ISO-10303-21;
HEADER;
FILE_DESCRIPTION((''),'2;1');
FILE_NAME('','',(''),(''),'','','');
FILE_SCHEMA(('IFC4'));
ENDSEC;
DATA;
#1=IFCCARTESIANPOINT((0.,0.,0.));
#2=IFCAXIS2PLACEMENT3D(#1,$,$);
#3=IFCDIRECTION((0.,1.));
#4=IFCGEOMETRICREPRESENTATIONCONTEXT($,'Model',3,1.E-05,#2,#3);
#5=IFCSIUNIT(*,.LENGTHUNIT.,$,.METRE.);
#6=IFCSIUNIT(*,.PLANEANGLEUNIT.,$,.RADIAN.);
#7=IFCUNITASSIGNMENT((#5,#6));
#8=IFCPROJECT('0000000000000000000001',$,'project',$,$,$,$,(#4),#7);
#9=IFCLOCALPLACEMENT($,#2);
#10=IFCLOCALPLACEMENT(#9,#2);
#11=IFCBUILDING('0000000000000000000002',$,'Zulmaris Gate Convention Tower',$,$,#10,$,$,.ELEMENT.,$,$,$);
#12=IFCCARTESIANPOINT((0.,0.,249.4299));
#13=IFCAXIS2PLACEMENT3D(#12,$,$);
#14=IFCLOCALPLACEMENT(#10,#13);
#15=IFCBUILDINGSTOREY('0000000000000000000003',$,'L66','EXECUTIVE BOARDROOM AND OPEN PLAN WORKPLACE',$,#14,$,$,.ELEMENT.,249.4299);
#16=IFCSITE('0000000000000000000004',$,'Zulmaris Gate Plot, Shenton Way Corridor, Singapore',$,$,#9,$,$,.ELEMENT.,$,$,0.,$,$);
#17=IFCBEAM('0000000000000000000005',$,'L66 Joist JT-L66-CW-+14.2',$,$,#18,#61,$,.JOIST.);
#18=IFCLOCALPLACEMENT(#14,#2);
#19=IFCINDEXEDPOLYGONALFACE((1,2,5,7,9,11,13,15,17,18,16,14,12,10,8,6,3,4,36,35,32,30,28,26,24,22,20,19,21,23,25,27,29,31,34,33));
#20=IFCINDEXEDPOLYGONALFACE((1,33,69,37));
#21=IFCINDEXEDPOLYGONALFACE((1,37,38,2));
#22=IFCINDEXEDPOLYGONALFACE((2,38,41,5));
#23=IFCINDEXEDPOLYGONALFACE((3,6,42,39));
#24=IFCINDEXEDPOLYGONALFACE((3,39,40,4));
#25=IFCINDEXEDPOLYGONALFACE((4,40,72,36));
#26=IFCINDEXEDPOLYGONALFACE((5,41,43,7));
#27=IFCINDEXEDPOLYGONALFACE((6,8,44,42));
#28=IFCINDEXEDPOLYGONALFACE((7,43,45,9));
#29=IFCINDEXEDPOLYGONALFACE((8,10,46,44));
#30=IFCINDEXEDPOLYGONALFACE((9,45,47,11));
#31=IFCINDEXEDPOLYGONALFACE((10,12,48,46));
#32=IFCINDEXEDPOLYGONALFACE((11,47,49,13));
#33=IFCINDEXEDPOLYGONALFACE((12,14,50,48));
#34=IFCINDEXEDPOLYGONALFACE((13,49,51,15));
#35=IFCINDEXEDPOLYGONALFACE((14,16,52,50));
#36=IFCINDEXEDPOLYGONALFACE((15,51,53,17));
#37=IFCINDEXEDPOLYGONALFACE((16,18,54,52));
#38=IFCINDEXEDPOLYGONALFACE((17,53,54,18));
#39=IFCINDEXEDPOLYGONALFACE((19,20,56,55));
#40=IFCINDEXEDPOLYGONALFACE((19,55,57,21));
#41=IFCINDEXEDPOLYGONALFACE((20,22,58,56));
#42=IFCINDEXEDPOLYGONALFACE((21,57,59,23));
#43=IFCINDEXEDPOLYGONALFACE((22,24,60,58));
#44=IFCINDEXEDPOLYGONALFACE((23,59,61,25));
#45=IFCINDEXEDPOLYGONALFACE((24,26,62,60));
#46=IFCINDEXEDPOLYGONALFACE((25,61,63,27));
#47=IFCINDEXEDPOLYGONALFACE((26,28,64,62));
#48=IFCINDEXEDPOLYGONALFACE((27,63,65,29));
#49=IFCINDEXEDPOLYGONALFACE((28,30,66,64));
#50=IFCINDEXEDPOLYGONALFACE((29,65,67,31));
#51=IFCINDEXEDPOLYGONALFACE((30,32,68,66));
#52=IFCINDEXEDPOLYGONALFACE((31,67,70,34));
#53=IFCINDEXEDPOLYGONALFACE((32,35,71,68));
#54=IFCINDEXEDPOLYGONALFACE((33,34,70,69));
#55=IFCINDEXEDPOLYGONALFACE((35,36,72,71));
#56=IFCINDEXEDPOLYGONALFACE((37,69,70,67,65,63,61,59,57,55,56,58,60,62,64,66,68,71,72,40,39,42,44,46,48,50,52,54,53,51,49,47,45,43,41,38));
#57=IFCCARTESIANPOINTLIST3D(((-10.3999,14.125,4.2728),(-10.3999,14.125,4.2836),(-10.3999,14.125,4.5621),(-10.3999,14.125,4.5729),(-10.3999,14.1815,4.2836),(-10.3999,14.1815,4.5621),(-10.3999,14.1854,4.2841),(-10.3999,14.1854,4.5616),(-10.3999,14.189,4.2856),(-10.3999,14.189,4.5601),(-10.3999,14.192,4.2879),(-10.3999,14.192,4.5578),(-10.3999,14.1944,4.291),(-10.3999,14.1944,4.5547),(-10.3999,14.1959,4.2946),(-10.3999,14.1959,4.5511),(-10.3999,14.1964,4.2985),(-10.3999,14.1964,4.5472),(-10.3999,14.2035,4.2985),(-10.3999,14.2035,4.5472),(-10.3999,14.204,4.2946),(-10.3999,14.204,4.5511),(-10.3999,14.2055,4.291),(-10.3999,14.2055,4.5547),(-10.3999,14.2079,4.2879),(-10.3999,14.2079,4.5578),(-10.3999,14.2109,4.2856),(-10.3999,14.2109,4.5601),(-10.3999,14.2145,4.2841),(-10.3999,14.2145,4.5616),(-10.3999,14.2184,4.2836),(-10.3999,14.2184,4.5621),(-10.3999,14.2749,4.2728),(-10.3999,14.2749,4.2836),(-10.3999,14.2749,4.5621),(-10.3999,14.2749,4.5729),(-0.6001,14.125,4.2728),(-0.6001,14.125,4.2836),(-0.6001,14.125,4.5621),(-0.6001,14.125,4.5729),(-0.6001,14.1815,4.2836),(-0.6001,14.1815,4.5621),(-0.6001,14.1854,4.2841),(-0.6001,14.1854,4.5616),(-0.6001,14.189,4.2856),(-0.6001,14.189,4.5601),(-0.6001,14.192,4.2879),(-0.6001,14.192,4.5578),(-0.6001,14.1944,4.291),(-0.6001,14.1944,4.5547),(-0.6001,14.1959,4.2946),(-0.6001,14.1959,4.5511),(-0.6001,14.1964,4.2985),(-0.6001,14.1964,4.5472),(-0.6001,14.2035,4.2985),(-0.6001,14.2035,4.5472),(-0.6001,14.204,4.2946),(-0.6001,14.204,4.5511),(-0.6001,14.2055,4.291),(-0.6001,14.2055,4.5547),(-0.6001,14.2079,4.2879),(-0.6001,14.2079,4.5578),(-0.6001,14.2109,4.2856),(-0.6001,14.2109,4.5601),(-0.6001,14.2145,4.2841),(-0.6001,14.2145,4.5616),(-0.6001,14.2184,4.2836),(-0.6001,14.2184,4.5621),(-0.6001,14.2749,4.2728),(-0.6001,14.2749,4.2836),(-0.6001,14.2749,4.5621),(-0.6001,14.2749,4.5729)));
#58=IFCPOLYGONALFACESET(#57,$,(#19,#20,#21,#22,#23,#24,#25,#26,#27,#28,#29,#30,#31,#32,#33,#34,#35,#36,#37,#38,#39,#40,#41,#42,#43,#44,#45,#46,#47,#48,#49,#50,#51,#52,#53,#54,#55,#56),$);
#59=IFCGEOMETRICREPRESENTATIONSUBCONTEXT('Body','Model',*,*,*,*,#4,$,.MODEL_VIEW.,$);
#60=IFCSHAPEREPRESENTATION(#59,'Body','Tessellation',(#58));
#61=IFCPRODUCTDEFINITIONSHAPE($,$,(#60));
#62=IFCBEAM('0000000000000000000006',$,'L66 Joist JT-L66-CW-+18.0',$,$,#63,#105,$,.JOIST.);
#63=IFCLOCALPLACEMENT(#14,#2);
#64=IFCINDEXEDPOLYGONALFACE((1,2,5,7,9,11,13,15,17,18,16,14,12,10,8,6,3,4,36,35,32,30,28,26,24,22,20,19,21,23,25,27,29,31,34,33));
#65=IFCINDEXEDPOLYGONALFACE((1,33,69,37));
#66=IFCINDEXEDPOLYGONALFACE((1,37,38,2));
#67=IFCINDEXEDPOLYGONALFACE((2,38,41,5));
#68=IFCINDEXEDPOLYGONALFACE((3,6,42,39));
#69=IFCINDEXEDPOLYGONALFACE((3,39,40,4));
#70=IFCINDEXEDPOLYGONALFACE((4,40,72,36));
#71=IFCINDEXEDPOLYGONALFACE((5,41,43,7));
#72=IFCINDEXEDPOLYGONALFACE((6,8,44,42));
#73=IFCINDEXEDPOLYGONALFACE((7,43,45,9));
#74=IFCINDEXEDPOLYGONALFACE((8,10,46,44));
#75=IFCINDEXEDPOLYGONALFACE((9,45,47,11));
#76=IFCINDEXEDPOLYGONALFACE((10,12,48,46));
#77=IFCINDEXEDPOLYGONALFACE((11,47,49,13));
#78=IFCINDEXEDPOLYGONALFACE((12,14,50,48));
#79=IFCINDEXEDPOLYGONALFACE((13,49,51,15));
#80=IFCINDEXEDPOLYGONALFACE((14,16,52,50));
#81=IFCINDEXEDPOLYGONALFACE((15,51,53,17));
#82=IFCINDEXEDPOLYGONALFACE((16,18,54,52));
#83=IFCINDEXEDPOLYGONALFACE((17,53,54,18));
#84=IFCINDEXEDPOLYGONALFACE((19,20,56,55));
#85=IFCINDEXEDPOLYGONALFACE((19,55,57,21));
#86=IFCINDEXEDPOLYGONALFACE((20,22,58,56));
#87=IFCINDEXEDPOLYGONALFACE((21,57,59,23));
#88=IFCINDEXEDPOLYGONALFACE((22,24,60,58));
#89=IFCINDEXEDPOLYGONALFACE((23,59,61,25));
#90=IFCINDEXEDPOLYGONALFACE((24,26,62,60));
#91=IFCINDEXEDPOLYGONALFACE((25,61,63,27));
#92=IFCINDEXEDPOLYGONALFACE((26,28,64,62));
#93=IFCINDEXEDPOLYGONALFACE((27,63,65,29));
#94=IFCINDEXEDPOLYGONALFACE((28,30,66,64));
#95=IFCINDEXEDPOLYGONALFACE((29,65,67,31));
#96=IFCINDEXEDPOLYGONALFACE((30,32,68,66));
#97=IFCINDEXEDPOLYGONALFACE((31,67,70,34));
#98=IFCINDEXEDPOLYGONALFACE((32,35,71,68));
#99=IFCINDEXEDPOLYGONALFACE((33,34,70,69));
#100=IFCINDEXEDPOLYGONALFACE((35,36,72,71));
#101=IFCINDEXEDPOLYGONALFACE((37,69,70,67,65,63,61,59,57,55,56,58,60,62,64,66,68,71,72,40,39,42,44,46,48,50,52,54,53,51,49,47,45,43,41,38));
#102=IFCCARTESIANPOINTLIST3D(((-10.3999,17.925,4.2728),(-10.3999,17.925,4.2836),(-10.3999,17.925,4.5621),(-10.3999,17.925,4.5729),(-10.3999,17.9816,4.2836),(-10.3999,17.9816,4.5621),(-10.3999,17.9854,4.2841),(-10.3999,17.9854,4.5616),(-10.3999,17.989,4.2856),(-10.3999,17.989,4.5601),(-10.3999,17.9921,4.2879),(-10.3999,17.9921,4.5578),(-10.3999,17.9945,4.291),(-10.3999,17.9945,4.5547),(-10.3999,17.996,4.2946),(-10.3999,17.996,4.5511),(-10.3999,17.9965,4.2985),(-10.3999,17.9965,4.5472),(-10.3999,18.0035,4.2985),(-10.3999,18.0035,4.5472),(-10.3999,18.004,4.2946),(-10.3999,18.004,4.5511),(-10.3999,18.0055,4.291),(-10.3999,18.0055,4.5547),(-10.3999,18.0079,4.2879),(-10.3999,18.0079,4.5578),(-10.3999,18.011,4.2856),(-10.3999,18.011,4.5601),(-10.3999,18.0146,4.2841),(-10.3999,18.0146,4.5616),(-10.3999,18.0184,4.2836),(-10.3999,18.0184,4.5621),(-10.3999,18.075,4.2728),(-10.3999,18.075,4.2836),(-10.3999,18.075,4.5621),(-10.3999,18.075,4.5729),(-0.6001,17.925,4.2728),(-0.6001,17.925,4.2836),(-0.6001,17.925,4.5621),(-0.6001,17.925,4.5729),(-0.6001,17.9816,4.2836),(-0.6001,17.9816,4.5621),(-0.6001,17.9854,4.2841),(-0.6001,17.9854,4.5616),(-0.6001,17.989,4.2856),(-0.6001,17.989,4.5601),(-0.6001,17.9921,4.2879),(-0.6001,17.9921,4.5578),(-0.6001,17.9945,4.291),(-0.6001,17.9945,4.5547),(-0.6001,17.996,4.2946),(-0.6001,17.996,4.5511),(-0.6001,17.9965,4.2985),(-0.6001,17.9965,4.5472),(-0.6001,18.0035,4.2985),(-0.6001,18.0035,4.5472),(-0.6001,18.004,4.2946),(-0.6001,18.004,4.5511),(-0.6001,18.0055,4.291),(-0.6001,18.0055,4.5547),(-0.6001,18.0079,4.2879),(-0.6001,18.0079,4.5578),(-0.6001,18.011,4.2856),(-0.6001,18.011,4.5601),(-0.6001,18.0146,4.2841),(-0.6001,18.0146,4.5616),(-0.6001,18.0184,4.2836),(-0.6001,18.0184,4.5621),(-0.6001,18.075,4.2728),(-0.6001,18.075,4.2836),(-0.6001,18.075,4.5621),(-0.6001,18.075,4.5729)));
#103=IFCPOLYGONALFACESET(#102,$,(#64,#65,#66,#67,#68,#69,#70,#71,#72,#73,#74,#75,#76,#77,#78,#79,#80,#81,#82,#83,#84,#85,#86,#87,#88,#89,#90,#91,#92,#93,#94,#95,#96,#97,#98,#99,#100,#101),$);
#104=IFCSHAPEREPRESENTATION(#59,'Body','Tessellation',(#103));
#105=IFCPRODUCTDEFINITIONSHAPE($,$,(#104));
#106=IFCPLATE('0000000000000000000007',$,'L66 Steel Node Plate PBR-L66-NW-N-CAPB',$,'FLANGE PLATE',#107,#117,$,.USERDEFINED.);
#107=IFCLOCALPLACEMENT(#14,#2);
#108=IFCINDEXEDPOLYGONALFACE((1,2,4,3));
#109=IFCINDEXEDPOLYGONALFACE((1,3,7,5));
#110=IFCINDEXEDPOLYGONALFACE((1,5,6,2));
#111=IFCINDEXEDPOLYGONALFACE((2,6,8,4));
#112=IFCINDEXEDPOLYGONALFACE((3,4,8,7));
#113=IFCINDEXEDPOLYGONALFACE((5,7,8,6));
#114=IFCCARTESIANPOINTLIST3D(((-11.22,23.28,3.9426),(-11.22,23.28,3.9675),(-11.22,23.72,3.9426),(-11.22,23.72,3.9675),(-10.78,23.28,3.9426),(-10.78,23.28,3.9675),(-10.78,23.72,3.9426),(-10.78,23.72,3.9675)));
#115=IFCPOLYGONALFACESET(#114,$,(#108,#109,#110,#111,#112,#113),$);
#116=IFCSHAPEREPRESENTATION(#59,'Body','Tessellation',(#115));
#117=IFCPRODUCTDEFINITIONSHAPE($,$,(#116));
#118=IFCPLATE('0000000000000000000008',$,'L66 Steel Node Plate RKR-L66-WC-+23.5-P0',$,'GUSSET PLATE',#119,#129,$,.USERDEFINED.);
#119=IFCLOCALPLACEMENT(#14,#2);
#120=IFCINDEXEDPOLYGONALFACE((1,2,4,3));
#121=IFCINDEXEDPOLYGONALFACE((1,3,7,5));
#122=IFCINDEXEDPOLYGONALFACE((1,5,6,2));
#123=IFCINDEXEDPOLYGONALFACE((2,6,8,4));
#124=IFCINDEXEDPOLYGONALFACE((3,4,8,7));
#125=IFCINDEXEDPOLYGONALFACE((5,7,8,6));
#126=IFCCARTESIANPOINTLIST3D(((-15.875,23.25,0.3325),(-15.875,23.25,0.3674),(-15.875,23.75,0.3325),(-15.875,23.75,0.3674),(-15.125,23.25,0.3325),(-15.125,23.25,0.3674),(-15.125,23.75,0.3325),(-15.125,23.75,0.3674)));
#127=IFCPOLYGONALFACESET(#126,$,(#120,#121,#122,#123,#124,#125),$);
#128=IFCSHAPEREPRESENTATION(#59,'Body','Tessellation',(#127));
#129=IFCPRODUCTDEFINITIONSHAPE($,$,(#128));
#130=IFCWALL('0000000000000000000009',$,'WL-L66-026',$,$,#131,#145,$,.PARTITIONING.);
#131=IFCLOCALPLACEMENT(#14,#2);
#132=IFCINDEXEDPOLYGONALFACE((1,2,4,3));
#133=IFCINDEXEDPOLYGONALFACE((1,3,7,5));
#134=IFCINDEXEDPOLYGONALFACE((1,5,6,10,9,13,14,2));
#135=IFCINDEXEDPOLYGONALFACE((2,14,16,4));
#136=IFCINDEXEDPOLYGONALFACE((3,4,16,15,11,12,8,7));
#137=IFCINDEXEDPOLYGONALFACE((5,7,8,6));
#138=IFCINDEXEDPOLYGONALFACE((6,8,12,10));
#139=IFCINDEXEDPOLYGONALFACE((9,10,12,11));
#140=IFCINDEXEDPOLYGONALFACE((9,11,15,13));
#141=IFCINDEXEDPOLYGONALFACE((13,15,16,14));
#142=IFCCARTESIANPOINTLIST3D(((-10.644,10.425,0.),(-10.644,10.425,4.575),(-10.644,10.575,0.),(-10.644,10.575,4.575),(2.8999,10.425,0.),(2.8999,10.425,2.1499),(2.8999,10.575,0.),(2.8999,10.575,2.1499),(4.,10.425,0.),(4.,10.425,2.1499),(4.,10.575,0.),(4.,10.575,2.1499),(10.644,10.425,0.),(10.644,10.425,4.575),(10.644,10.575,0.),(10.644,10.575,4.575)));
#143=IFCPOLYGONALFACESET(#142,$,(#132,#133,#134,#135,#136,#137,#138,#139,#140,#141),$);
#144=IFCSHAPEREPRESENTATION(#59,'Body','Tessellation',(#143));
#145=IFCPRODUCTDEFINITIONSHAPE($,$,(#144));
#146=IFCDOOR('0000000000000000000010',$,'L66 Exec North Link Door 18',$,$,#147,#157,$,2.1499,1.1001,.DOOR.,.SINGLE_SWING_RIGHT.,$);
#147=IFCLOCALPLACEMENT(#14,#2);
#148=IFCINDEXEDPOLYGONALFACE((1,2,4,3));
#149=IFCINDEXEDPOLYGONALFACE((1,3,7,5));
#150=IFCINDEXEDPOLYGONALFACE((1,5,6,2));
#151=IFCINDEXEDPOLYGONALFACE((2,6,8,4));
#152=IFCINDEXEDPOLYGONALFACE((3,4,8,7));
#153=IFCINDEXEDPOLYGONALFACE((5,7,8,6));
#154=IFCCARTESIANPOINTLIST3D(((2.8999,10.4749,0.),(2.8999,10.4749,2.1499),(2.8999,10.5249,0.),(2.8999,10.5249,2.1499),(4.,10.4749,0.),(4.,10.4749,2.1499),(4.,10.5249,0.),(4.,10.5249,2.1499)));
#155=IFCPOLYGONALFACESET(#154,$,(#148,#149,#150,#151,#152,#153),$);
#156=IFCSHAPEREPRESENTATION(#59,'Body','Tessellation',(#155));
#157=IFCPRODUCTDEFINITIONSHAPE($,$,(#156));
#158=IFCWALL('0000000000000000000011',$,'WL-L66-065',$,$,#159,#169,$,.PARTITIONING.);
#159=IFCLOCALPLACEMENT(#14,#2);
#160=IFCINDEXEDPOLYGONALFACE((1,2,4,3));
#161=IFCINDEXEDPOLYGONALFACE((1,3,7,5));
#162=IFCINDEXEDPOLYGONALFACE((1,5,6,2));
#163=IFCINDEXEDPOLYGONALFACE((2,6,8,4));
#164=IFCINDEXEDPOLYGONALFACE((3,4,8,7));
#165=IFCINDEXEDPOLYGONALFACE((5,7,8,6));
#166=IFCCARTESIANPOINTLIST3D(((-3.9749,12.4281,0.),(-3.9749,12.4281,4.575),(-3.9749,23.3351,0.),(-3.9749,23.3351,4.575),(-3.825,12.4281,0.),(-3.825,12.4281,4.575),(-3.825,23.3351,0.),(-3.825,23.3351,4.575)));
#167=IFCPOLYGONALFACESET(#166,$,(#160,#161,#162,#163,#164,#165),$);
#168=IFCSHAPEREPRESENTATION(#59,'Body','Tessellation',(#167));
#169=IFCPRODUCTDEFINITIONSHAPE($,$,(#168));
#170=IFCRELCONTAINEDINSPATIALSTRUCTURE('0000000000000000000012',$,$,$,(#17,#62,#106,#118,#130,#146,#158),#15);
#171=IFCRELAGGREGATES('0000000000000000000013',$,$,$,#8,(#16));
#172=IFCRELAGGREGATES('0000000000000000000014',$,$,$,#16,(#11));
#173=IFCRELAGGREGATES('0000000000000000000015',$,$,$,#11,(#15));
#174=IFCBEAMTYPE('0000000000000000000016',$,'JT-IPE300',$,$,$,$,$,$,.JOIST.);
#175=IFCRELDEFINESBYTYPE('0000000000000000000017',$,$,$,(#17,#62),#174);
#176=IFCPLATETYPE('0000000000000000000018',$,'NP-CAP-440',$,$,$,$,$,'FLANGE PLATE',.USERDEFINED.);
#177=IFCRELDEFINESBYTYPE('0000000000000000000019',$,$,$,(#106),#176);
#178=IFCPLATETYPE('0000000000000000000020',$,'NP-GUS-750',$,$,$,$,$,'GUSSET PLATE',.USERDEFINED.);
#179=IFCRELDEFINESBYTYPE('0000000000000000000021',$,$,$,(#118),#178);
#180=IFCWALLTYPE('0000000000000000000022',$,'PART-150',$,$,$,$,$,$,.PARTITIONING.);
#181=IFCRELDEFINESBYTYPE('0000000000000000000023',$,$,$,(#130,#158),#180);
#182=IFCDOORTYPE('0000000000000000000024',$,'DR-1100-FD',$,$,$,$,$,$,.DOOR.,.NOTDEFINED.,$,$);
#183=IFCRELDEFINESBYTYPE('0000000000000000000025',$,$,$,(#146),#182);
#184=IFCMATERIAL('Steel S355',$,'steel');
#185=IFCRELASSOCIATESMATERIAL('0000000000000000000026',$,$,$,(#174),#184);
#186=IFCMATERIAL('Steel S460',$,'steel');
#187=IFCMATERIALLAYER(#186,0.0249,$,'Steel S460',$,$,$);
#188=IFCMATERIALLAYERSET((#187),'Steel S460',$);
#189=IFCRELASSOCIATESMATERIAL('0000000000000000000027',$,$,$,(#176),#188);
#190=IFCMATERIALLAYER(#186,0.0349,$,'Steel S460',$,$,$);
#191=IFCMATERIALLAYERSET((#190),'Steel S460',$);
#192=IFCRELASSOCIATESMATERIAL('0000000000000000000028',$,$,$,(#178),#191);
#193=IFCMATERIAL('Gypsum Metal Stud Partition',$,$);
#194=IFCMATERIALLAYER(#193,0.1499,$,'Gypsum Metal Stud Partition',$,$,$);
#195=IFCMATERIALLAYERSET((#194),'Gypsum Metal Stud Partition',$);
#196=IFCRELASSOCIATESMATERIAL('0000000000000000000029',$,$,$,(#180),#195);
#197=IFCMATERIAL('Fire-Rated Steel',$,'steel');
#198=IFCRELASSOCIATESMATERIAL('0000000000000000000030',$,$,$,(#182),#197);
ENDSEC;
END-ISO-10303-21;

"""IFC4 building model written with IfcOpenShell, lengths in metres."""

from ifc_helpers import new_model, si_unit, direction, frame, frame_2d, origin, origin_2d, place, context, subcontext, project, spatial, rectangle, i_section, extrude, material, layer, layer_set, material_profile, profile_set, type_object, element, fill, save


model = new_model("IFC4")

# Units and contexts
model_context = context("Model", 3, precision=1e-05, world=origin(), true_north=direction((0.0, 1.0)))
body_context = subcontext(model_context, "Body", "Model", "MODEL_VIEW")
ifc_project = project(units=[si_unit("LENGTHUNIT", "METRE"), si_unit("PLANEANGLEUNIT", "RADIAN")], contexts=[model_context])

# Site, building, storey
site_placement = place(None, origin())
site = spatial("IfcSite", under=ifc_project, at=site_placement, Name="Zulmaris Gate Plot, Shenton Way Corridor, Singapore", CompositionType="ELEMENT", RefElevation=0.0)
building_placement = place(site_placement, origin())
building = spatial("IfcBuilding", under=site, at=building_placement, Name="Zulmaris Gate Convention Tower", CompositionType="ELEMENT")
storey_placement = place(building_placement, frame((0.0, 0.0, 249.4299)))
storey = spatial("IfcBuildingStorey", under=building, at=storey_placement, Name="L66", Description="EXECUTIVE BOARDROOM AND OPEN PLAN WORKPLACE", CompositionType="ELEMENT", Elevation=249.4299)

# Shared definitions
ifc_material_1 = material(Name="Steel S460", Category="steel")
ifc_material_2 = material(Name="Steel S355", Category="steel")

# Beams
ifc_material_profile_1 = material_profile(ifc_material_2, i_section(OverallWidth=0.1499, OverallDepth=0.3, WebThickness=0.0071, FlangeThickness=0.0107, FilletRadius=0.0149, at=origin_2d()), Name="IPE 300")
ifc_profile_set_1 = profile_set([ifc_material_profile_1], Name="Steel S355")
beam_type_1 = type_object("IfcBeamType", Name="JT-IPE300", PredefinedType="JOIST", material=ifc_profile_set_1)
for number, where, z_axis, x_axis, name in (
    (1, (-10.3999, 14.2, 4.4229), (1.0, 0.0, 0.0), (0.0, 1.0, 0.0), "L66 Joist JT-L66-CW-+14.2"),
    (2, (-10.3999, 18.0, 4.4229), (1.0, 0.0, 0.0), (0.0, 1.0, 0.0), "L66 Joist JT-L66-CW-+18.0"),
):
    element("IfcBeam", number, at=place(storey_placement, frame(where, z_axis=z_axis, x_axis=x_axis)), inside=storey, type_object=beam_type_1, Name=name, PredefinedType="JOIST", context=body_context, shape_type="SweptSolid", body=[
        extrude(i_section(OverallWidth=0.1499, OverallDepth=0.3, WebThickness=0.0071, FlangeThickness=0.0107, FilletRadius=0.0149, at=origin_2d()), origin(), (0.0, 0.0, 1.0), 9.7998),
    ])

# Plates
ifc_layer_1 = layer(ifc_material_1, 0.0249, Name="Steel S460")
ifc_layer_set_1 = layer_set([ifc_layer_1], Name="Steel S460")
plate_type_1 = type_object("IfcPlateType", Name="NP-CAP-440", ElementType="FLANGE PLATE", PredefinedType="USERDEFINED", material=ifc_layer_set_1)
plate_1_placement = place(storey_placement, frame((-11.0, 23.5, 3.9426), z_axis=(0.0, 0.0, 1.0), x_axis=(1.0, 0.0, 0.0)))
element("IfcPlate", 3, at=plate_1_placement, inside=storey, type_object=plate_type_1, Name="L66 Steel Node Plate PBR-L66-NW-N-CAPB", ObjectType="FLANGE PLATE", PredefinedType="USERDEFINED", context=body_context, shape_type="SweptSolid", body=[
    extrude(rectangle(XDim=0.4399, YDim=0.4399, at=origin_2d()), origin(), (0.0, 0.0, 1.0), 0.0249),
])
ifc_layer_2 = layer(ifc_material_1, 0.0349, Name="Steel S460")
ifc_layer_set_2 = layer_set([ifc_layer_2], Name="Steel S460")
plate_type_2 = type_object("IfcPlateType", Name="NP-GUS-750", ElementType="GUSSET PLATE", PredefinedType="USERDEFINED", material=ifc_layer_set_2)
plate_2_placement = place(storey_placement, frame((-15.5, 23.5, 0.3325), z_axis=(0.0, 0.0, 1.0), x_axis=(1.0, 0.0, 0.0)))
element("IfcPlate", 4, at=plate_2_placement, inside=storey, type_object=plate_type_2, Name="L66 Steel Node Plate RKR-L66-WC-+23.5-P0", ObjectType="GUSSET PLATE", PredefinedType="USERDEFINED", context=body_context, shape_type="SweptSolid", body=[
    extrude(rectangle(XDim=0.75, YDim=0.5, at=origin_2d()), origin(), (0.0, 0.0, 1.0), 0.0349),
])

# Wall, opening, door
ifc_material_3 = material(Name="Gypsum Metal Stud Partition")
ifc_layer_3 = layer(ifc_material_3, 0.1499, Name="Gypsum Metal Stud Partition")
ifc_layer_set_3 = layer_set([ifc_layer_3], Name="Gypsum Metal Stud Partition")
wall_type_1 = type_object("IfcWallType", Name="PART-150", PredefinedType="PARTITIONING", material=ifc_layer_set_3)
wall_1_placement = place(storey_placement, frame((-10.644, 10.5, 0.0), z_axis=(0.0, 0.0, 1.0), x_axis=(1.0, 0.0, 0.0)))
wall_1 = element("IfcWall", 5, at=wall_1_placement, inside=storey, type_object=wall_type_1, Name="WL-L66-026", PredefinedType="PARTITIONING", context=body_context, shape_type="SweptSolid", body=[
    extrude(rectangle(XDim=21.2881, YDim=0.1499, at=frame_2d((10.644, 0.0))), origin(), (0.0, 0.0, 1.0), 4.575),
])
opening_1_placement = place(wall_1_placement, frame((13.5439, 0.0, 0.0)))
opening_1 = element("IfcOpeningElement", 6, at=opening_1_placement, cuts=wall_1, PredefinedType="OPENING", context=body_context, shape_type="SweptSolid", body=[
    extrude(rectangle(XDim=1.1001, YDim=2.1499, at=frame_2d((0.55, 1.075))), frame((0.0, 0.085, 0.0), z_axis=(0.0, -1.0, 0.0), x_axis=(1.0, 0.0, 0.0)), (0.0, 0.0, 1.0), 0.1699),
])
ifc_material_4 = material(Name="Fire-Rated Steel", Category="steel")
door_type = type_object("IfcDoorType", Name="DR-1100-FD", OperationType="NOTDEFINED", PredefinedType="DOOR", material=ifc_material_4)
door_placement = place(opening_1_placement, origin())
door = element("IfcDoor", 7, at=door_placement, inside=storey, type_object=door_type, Name="L66 Exec North Link Door 18", OperationType="SINGLE_SWING_RIGHT", OverallHeight=2.1499, OverallWidth=1.1001, PredefinedType="DOOR", context=body_context, shape_type="SweptSolid", body=[
    extrude(rectangle(XDim=1.1001, YDim=2.1499, at=frame_2d((0.55, 1.075))), frame((0.0, 0.0249, 0.0), z_axis=(0.0, -1.0, 0.0), x_axis=(1.0, 0.0, 0.0)), (0.0, 0.0, 1.0), 0.05),
])
fill(opening_1, door)

# Wall
wall_2_placement = place(storey_placement, frame((-3.8999, 12.428, 0.0), z_axis=(0.0, 0.0, 1.0), x_axis=(0.0, 1.0, 0.0)))
element("IfcWall", 8, at=wall_2_placement, inside=storey, type_object=wall_type_1, Name="WL-L66-065", PredefinedType="PARTITIONING", context=body_context, shape_type="SweptSolid", body=[
    extrude(rectangle(XDim=10.907, YDim=0.1499, at=frame_2d((5.4536, 0.0))), origin(), (0.0, 0.0, 1.0), 4.575),
])

save(model, "model.ifc")
